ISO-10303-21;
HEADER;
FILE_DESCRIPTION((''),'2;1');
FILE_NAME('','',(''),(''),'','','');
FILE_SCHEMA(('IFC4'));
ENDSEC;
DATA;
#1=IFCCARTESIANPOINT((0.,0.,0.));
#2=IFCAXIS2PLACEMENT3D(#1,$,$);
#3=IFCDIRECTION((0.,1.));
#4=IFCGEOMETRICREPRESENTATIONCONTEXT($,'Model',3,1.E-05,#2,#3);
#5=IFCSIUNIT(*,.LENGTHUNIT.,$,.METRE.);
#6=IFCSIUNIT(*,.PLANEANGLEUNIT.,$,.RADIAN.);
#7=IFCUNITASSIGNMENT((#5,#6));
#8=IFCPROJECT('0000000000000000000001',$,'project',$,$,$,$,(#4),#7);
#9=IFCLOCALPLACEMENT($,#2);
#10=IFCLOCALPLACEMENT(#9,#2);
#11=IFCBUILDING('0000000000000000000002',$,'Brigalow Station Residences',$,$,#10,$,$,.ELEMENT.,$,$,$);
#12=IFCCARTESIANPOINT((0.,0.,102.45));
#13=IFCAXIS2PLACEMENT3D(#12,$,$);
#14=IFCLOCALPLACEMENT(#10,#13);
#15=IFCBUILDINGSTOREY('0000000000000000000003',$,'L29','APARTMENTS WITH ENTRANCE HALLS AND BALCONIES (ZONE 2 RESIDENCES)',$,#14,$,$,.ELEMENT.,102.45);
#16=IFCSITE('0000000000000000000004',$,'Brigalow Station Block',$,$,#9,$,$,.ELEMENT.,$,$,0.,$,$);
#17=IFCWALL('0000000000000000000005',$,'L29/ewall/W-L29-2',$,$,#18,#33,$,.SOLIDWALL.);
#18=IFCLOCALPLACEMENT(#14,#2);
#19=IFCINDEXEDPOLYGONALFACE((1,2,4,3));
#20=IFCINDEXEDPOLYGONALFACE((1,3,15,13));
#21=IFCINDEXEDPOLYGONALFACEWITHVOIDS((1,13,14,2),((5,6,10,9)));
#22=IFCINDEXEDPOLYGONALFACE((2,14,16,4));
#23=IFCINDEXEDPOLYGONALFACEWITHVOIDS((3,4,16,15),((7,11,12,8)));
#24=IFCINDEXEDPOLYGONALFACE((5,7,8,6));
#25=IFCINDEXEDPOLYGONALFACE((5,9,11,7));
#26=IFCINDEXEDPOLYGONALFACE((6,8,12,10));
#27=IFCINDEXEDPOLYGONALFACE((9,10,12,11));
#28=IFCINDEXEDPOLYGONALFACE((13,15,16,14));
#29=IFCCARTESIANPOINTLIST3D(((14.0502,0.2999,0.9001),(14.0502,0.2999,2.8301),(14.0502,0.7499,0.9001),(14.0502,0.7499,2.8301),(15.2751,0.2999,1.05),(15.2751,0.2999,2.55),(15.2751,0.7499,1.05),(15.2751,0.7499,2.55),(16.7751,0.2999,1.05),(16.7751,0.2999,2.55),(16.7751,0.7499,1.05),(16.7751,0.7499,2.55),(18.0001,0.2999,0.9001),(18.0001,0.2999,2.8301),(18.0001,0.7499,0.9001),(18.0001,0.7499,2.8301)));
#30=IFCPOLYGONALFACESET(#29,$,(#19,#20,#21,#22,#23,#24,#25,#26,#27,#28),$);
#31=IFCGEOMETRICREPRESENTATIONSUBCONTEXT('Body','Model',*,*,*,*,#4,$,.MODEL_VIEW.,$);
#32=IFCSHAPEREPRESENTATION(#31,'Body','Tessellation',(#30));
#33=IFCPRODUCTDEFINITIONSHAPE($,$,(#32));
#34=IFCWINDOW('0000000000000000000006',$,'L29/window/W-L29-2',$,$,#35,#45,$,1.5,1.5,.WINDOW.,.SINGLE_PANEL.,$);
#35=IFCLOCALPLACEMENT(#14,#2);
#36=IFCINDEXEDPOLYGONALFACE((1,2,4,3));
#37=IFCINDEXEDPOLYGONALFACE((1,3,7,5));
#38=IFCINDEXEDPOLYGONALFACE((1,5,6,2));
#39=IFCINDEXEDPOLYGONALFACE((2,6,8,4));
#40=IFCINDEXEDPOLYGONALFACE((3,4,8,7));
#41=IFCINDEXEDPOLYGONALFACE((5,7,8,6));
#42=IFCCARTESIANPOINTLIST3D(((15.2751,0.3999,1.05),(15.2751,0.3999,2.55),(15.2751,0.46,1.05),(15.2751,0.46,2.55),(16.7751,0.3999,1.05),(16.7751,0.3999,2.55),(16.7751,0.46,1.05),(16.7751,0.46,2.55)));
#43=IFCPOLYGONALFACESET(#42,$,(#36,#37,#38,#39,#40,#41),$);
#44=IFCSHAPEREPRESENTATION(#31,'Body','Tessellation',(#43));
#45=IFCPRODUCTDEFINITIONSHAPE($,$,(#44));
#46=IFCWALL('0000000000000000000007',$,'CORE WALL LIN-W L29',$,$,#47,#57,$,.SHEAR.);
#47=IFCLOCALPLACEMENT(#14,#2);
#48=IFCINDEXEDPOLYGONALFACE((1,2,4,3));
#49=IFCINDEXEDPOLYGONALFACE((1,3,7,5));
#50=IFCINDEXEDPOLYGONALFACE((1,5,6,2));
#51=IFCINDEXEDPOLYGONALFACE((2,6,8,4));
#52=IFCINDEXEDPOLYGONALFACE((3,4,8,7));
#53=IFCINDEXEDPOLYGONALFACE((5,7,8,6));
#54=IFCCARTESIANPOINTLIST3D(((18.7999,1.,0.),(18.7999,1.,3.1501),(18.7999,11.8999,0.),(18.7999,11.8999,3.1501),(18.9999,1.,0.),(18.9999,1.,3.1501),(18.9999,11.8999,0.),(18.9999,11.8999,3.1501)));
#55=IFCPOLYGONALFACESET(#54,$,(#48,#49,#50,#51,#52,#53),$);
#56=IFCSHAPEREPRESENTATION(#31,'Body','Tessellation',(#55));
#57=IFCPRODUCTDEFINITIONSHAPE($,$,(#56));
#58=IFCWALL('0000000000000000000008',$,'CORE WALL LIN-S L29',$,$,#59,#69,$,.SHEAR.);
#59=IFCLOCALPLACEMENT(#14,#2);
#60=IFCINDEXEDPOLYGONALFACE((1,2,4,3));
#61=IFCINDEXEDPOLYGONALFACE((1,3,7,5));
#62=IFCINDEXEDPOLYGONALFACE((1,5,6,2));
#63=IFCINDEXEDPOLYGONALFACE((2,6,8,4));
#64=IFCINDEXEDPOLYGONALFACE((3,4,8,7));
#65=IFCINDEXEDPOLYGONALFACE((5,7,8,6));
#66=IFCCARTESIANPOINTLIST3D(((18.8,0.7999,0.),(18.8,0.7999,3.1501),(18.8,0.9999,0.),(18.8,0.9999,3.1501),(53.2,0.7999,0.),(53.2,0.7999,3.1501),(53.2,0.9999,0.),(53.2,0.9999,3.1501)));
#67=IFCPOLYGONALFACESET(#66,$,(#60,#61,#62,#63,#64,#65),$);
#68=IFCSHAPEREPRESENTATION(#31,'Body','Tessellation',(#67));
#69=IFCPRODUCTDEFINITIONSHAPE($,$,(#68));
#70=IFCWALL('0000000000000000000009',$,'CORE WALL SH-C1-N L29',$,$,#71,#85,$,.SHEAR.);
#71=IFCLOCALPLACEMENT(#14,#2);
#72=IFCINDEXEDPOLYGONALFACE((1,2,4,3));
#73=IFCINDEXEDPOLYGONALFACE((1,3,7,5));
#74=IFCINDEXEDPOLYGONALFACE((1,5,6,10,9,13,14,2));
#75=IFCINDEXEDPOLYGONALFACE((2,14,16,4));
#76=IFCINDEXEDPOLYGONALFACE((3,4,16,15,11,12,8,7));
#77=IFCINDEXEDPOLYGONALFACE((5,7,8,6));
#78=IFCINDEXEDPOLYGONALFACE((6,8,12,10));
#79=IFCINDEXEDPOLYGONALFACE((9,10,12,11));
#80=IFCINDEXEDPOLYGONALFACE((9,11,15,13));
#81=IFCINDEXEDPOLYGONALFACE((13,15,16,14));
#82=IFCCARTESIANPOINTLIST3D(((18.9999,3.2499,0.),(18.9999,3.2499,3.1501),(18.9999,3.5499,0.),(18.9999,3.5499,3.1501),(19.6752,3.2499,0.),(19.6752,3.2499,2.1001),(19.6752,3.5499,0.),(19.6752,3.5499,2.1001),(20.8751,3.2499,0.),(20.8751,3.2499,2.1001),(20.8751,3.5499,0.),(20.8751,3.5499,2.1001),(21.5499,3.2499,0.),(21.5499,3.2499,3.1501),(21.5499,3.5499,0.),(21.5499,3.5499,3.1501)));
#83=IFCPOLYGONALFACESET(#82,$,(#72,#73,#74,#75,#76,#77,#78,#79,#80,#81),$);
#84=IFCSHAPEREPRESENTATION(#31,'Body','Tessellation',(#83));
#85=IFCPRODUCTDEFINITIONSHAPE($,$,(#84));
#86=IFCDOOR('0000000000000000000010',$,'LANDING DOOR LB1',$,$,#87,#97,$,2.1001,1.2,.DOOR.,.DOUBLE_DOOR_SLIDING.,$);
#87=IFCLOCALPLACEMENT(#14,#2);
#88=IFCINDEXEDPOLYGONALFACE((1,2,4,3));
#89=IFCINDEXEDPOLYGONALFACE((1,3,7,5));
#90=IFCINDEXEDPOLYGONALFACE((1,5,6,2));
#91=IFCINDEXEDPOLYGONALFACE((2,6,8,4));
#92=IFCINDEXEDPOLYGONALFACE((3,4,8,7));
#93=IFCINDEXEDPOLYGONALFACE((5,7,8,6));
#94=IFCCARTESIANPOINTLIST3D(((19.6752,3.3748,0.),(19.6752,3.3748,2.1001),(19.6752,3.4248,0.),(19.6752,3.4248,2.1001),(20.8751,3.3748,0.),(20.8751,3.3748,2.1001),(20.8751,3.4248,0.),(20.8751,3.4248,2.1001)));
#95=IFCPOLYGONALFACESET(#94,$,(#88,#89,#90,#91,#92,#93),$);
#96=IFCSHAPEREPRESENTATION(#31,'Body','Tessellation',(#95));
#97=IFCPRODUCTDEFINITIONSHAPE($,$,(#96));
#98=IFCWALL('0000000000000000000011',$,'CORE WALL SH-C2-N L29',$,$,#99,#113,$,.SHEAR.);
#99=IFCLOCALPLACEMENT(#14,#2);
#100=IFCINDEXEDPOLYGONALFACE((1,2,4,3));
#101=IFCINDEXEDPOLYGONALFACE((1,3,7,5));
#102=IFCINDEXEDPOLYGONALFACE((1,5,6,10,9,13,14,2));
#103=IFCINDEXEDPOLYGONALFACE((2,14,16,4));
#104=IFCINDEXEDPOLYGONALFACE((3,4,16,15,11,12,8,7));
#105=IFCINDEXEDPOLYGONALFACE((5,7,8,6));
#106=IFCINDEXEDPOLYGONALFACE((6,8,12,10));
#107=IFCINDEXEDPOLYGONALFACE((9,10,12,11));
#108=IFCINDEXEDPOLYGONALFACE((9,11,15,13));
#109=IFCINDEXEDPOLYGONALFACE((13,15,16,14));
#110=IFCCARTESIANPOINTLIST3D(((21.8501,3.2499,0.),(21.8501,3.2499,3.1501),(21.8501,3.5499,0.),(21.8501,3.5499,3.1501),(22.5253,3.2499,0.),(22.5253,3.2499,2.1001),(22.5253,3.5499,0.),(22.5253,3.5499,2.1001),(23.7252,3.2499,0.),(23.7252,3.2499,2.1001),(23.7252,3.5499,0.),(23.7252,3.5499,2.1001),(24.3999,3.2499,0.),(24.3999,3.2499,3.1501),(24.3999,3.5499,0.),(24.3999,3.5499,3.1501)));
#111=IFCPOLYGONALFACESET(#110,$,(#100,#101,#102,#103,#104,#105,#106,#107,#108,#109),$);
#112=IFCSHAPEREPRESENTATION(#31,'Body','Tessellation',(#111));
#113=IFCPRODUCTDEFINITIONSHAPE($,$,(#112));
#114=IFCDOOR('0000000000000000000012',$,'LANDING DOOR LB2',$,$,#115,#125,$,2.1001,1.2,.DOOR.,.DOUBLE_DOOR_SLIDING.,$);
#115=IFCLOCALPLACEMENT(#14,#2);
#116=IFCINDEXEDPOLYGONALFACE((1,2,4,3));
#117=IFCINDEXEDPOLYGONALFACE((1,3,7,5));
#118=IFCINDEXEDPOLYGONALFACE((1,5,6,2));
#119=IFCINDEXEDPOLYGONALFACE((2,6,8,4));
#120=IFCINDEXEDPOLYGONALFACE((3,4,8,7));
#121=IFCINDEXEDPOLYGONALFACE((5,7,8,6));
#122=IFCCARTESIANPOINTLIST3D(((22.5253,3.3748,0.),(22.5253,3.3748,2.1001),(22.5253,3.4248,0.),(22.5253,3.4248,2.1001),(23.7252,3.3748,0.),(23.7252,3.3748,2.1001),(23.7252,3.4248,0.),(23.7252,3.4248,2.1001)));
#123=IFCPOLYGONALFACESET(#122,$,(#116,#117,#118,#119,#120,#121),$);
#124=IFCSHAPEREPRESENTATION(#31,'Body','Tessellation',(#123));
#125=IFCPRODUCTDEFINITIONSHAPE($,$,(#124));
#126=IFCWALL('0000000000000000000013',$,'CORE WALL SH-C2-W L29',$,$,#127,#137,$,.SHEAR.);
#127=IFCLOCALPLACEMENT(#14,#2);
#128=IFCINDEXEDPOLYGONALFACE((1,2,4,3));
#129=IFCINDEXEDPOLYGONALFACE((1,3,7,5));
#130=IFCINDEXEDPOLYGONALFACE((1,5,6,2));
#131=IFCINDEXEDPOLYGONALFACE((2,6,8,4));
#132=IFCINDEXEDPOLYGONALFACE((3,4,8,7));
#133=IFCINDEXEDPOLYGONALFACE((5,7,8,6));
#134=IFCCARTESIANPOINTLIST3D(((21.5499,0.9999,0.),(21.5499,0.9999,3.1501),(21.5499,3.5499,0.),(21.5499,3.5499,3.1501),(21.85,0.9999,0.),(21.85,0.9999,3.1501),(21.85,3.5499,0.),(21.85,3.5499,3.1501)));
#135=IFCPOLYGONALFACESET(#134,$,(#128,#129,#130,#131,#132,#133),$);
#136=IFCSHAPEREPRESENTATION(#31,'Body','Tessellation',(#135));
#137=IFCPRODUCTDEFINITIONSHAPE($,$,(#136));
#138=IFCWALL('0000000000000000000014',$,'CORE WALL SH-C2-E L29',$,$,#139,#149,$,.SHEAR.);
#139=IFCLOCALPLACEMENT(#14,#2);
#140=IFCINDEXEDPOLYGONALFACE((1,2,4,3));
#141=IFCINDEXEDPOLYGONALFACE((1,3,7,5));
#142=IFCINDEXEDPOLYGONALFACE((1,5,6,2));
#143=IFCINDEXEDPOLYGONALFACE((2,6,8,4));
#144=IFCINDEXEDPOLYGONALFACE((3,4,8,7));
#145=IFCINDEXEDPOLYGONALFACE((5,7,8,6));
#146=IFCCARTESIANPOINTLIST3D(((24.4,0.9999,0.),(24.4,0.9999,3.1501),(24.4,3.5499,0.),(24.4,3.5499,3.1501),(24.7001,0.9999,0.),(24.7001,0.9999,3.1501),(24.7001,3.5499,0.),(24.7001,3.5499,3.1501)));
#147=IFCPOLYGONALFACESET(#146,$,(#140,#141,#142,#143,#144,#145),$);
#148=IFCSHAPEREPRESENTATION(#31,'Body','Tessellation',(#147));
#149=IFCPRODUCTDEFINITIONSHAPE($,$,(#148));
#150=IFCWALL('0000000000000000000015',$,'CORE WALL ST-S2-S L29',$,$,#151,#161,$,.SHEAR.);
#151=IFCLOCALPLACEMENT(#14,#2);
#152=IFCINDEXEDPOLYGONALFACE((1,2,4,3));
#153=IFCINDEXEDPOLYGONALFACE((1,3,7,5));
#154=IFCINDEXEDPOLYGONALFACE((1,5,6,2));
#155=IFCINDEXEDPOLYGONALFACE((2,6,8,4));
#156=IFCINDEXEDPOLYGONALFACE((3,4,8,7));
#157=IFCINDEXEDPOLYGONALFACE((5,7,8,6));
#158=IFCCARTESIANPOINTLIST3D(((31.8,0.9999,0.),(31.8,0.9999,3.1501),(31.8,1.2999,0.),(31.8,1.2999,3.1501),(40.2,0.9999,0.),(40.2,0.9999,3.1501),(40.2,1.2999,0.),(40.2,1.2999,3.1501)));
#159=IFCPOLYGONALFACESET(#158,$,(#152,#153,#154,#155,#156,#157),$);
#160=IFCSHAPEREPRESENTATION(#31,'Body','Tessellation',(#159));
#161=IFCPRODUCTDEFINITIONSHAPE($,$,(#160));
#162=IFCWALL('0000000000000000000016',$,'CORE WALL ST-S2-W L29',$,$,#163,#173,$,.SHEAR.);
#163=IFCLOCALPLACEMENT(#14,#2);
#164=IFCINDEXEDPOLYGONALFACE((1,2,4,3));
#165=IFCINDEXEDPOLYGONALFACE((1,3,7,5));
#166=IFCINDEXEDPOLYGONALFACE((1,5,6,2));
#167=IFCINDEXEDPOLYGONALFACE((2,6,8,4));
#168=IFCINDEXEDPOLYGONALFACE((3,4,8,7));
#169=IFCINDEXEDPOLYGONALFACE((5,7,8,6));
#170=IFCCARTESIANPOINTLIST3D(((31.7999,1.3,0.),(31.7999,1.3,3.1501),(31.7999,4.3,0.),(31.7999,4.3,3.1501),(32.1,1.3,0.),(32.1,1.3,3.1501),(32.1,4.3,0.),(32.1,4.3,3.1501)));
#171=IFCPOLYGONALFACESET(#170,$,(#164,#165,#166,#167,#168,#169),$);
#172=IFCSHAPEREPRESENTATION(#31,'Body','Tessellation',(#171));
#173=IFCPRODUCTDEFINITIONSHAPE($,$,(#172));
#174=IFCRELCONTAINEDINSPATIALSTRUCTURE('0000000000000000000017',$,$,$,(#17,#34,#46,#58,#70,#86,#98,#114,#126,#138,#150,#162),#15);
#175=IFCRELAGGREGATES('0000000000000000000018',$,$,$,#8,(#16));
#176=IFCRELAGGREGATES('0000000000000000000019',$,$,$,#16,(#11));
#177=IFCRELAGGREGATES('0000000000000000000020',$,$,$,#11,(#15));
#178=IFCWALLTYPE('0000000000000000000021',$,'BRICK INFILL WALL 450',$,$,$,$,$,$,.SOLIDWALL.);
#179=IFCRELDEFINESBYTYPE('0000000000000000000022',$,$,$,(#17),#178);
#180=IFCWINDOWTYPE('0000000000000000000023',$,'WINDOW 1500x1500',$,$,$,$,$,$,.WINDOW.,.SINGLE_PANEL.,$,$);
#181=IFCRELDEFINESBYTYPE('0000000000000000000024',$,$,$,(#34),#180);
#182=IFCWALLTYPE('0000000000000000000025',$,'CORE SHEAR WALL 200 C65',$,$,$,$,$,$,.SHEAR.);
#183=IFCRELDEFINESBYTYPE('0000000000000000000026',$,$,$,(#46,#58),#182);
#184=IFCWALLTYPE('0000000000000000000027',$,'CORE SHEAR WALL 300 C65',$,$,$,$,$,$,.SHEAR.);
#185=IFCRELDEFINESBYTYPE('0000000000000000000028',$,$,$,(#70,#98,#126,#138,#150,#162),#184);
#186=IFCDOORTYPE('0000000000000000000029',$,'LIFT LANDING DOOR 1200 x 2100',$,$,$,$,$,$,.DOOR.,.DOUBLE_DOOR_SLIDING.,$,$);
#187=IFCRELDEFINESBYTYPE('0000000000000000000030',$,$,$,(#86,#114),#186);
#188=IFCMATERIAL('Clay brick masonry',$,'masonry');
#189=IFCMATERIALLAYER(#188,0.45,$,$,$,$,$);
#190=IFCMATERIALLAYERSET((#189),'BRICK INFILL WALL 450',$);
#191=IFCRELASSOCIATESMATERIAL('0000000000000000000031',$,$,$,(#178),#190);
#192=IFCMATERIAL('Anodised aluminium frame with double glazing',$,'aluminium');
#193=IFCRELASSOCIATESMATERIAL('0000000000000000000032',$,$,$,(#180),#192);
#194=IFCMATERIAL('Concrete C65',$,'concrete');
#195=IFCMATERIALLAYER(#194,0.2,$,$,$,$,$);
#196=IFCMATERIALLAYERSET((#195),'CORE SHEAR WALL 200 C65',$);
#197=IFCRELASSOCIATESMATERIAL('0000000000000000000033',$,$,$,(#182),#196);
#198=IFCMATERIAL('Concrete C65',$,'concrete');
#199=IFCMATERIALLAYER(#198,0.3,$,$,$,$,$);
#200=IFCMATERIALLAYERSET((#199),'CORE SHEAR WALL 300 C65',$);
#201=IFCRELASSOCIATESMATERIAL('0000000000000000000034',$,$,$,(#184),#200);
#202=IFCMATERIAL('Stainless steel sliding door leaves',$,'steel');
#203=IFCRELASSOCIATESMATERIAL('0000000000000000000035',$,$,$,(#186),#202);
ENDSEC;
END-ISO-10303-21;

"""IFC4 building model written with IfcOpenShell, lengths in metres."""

from ifc_helpers import new_model, si_unit, direction, frame, frame_2d, origin, place, context, subcontext, project, spatial, rectangle, extrude, material, layer, layer_set, type_object, element, fill, save


model = new_model("IFC4")

# Units and contexts
model_context = context("Model", 3, precision=1e-05, world=origin(), true_north=direction((0.0, 1.0)))
body_context = subcontext(model_context, "Body", "Model", "MODEL_VIEW")
ifc_project = project(units=[si_unit("LENGTHUNIT", "METRE"), si_unit("PLANEANGLEUNIT", "RADIAN")], contexts=[model_context])

# Site, building, storey
site_placement = place(None, origin())
site = spatial("IfcSite", under=ifc_project, at=site_placement, Name="Brigalow Station Block", CompositionType="ELEMENT", RefElevation=0.0)
building_placement = place(site_placement, origin())
building = spatial("IfcBuilding", under=site, at=building_placement, Name="Brigalow Station Residences", CompositionType="ELEMENT")
storey_placement = place(building_placement, frame((0.0, 0.0, 102.45)))
storey = spatial("IfcBuildingStorey", under=building, at=storey_placement, Name="L29", Description="APARTMENTS WITH ENTRANCE HALLS AND BALCONIES (ZONE 2 RESIDENCES)", CompositionType="ELEMENT", Elevation=102.45)

# Wall, opening, window
ifc_material_1 = material(Name="Clay brick masonry", Category="masonry")
ifc_layer_1 = layer(ifc_material_1, 0.45)
ifc_layer_set_1 = layer_set([ifc_layer_1], Name="BRICK INFILL WALL 450")
wall_type_1 = type_object("IfcWallType", Name="BRICK INFILL WALL 450", PredefinedType="SOLIDWALL", material=ifc_layer_set_1)
wall_1_placement = place(storey_placement, frame((14.05, 0.5249, 0.9001), z_axis=(0.0, 0.0, 1.0), x_axis=(1.0, 0.0, 0.0)))
wall_1 = element("IfcWall", 1, at=wall_1_placement, inside=storey, type_object=wall_type_1, Name="L29/ewall/W-L29-2", PredefinedType="SOLIDWALL", context=body_context, shape_type="SweptSolid", body=[
    extrude(rectangle(XDim=3.95, YDim=0.45, at=frame_2d((1.9751, 0.0))), origin(), (0.0, 0.0, 1.0), 1.9299),
])
opening_1_placement = place(wall_1_placement, frame((1.2251, 0.0, 0.1499)))
opening_1 = element("IfcOpeningElement", 2, at=opening_1_placement, cuts=wall_1, PredefinedType="OPENING", context=body_context, shape_type="SweptSolid", body=[
    extrude(rectangle(XDim=1.5, YDim=1.5, at=frame_2d((0.75, 0.75))), frame((0.0, 0.2349, 0.0), z_axis=(0.0, -1.0, 0.0), x_axis=(1.0, 0.0, 0.0)), (0.0, 0.0, 1.0), 0.47),
])
ifc_material_2 = material(Name="Anodised aluminium frame with double glazing", Category="aluminium")
window_type = type_object("IfcWindowType", Name="WINDOW 1500x1500", PartitioningType="SINGLE_PANEL", PredefinedType="WINDOW", material=ifc_material_2)
window_placement = place(opening_1_placement, origin())
window = element("IfcWindow", 3, at=window_placement, inside=storey, type_object=window_type, Name="L29/window/W-L29-2", OverallHeight=1.5, OverallWidth=1.5, PartitioningType="SINGLE_PANEL", PredefinedType="WINDOW", context=body_context, shape_type="SweptSolid", body=[
    extrude(rectangle(XDim=1.5, YDim=1.5, at=frame_2d((0.75, 0.75))), frame((0.0, -0.0649, 0.0), z_axis=(0.0, -1.0, 0.0), x_axis=(1.0, 0.0, 0.0)), (0.0, 0.0, 1.0), 0.0601),
])
fill(opening_1, window)

# Walls
ifc_material_3 = material(Name="Concrete C65", Category="concrete")
ifc_layer_2 = layer(ifc_material_3, 0.2)
ifc_layer_set_2 = layer_set([ifc_layer_2], Name="CORE SHEAR WALL 200 C65")
wall_type_2 = type_object("IfcWallType", Name="CORE SHEAR WALL 200 C65", PredefinedType="SHEAR", material=ifc_layer_set_2)
wall_2_placement = place(storey_placement, frame((18.8999, 1.0, 0.0), z_axis=(0.0, 0.0, 1.0), x_axis=(0.0, 1.0, 0.0)))
element("IfcWall", 4, at=wall_2_placement, inside=storey, type_object=wall_type_2, Name="CORE WALL LIN-W L29", PredefinedType="SHEAR", context=body_context, shape_type="SweptSolid", body=[
    extrude(rectangle(XDim=10.8999, YDim=0.2, at=frame_2d((5.45, 0.0))), origin(), (0.0, 0.0, 1.0), 3.1501),
])
wall_3_placement = place(storey_placement, frame((18.8, 0.8999, 0.0), z_axis=(0.0, 0.0, 1.0), x_axis=(1.0, 0.0, 0.0)))
element("IfcWall", 5, at=wall_3_placement, inside=storey, type_object=wall_type_2, Name="CORE WALL LIN-S L29", PredefinedType="SHEAR", context=body_context, shape_type="SweptSolid", body=[
    extrude(rectangle(XDim=34.3999, YDim=0.2, at=frame_2d((17.2, 0.0))), origin(), (0.0, 0.0, 1.0), 3.1501),
])

# Walls, openings, doors
ifc_material_4 = material(Name="Concrete C65", Category="concrete")
ifc_layer_3 = layer(ifc_material_4, 0.3)
ifc_layer_set_3 = layer_set([ifc_layer_3], Name="CORE SHEAR WALL 300 C65")
wall_type_3 = type_object("IfcWallType", Name="CORE SHEAR WALL 300 C65", PredefinedType="SHEAR", material=ifc_layer_set_3)
wall_4_placement = place(storey_placement, frame((19.0, 3.3999, 0.0), z_axis=(0.0, 0.0, 1.0), x_axis=(1.0, 0.0, 0.0)))
wall_4 = element("IfcWall", 6, at=wall_4_placement, inside=storey, type_object=wall_type_3, Name="CORE WALL SH-C1-N L29", PredefinedType="SHEAR", context=body_context, shape_type="SweptSolid", body=[
    extrude(rectangle(XDim=2.55, YDim=0.3, at=frame_2d((1.2749, 0.0))), origin(), (0.0, 0.0, 1.0), 3.1501),
])
opening_2_placement = place(wall_4_placement, frame((0.675, 0.0, 0.0)))
opening_2 = element("IfcOpeningElement", 7, at=opening_2_placement, cuts=wall_4, PredefinedType="OPENING", context=body_context, shape_type="SweptSolid", body=[
    extrude(rectangle(XDim=1.2, YDim=2.1001, at=frame_2d((0.6001, 1.05))), frame((0.0, 0.1602, 0.0), z_axis=(0.0, -1.0, 0.0), x_axis=(1.0, 0.0, 0.0)), (0.0, 0.0, 1.0), 0.3201),
])
ifc_material_5 = material(Name="Stainless steel sliding door leaves", Category="steel")
door_type = type_object("IfcDoorType", Name="LIFT LANDING DOOR 1200 x 2100", OperationType="DOUBLE_DOOR_SLIDING", PredefinedType="DOOR", material=ifc_material_5)
door_1_placement = place(opening_2_placement, origin())
door_1 = element("IfcDoor", 8, at=door_1_placement, inside=storey, type_object=door_type, Name="LANDING DOOR LB1", OperationType="DOUBLE_DOOR_SLIDING", OverallHeight=2.1001, OverallWidth=1.2, PredefinedType="DOOR", context=body_context, shape_type="SweptSolid", body=[
    extrude(rectangle(XDim=1.2, YDim=2.1001, at=frame_2d((0.6001, 1.05))), frame((0.0, 0.0249, 0.0), z_axis=(0.0, -1.0, 0.0), x_axis=(1.0, 0.0, 0.0)), (0.0, 0.0, 1.0), 0.05),
])
fill(opening_2, door_1)
wall_5_placement = place(storey_placement, frame((21.8501, 3.3999, 0.0), z_axis=(0.0, 0.0, 1.0), x_axis=(1.0, 0.0, 0.0)))
wall_5 = element("IfcWall", 9, at=wall_5_placement, inside=storey, type_object=wall_type_3, Name="CORE WALL SH-C2-N L29", PredefinedType="SHEAR", context=body_context, shape_type="SweptSolid", body=[
    extrude(rectangle(XDim=2.5498, YDim=0.3, at=frame_2d((1.2749, 0.0))), origin(), (0.0, 0.0, 1.0), 3.1501),
])
opening_3_placement = place(wall_5_placement, frame((0.675, 0.0, 0.0)))
opening_3 = element("IfcOpeningElement", 10, at=opening_3_placement, cuts=wall_5, PredefinedType="OPENING", context=body_context, shape_type="SweptSolid", body=[
    extrude(rectangle(XDim=1.2, YDim=2.1001, at=frame_2d((0.6001, 1.05))), frame((0.0, 0.1602, 0.0), z_axis=(0.0, -1.0, 0.0), x_axis=(1.0, 0.0, 0.0)), (0.0, 0.0, 1.0), 0.3201),
])
door_2_placement = place(opening_3_placement, origin())
door_2 = element("IfcDoor", 11, at=door_2_placement, inside=storey, type_object=door_type, Name="LANDING DOOR LB2", OperationType="DOUBLE_DOOR_SLIDING", OverallHeight=2.1001, OverallWidth=1.2, PredefinedType="DOOR", context=body_context, shape_type="SweptSolid", body=[
    extrude(rectangle(XDim=1.2, YDim=2.1001, at=frame_2d((0.6001, 1.05))), frame((0.0, 0.0249, 0.0), z_axis=(0.0, -1.0, 0.0), x_axis=(1.0, 0.0, 0.0)), (0.0, 0.0, 1.0), 0.05),
])
fill(opening_3, door_2)

# Walls
for number, where, z_axis, x_axis, name in (
    (12, (21.7, 1.0, 0.0), (0.0, 0.0, 1.0), (0.0, 1.0, 0.0), "CORE WALL SH-C2-W L29"),
    (13, (24.55, 1.0, 0.0), (0.0, 0.0, 1.0), (0.0, 1.0, 0.0), "CORE WALL SH-C2-E L29"),
):
    element("IfcWall", number, at=place(storey_placement, frame(where, z_axis=z_axis, x_axis=x_axis)), inside=storey, type_object=wall_type_3, Name=name, PredefinedType="SHEAR", context=body_context, shape_type="SweptSolid", body=[
        extrude(rectangle(XDim=2.55, YDim=0.3, at=frame_2d((1.2749, 0.0))), origin(), (0.0, 0.0, 1.0), 3.1501),
    ])
wall_6_placement = place(storey_placement, frame((31.8, 1.1499, 0.0), z_axis=(0.0, 0.0, 1.0), x_axis=(1.0, 0.0, 0.0)))
element("IfcWall", 14, at=wall_6_placement, inside=storey, type_object=wall_type_3, Name="CORE WALL ST-S2-S L29", PredefinedType="SHEAR", context=body_context, shape_type="SweptSolid", body=[
    extrude(rectangle(XDim=8.3999, YDim=0.3, at=frame_2d((4.2, 0.0))), origin(), (0.0, 0.0, 1.0), 3.1501),
])
wall_7_placement = place(storey_placement, frame((31.95, 1.3, 0.0), z_axis=(0.0, 0.0, 1.0), x_axis=(0.0, 1.0, 0.0)))
element("IfcWall", 15, at=wall_7_placement, inside=storey, type_object=wall_type_3, Name="CORE WALL ST-S2-W L29", PredefinedType="SHEAR", context=body_context, shape_type="SweptSolid", body=[
    extrude(rectangle(XDim=3.0, YDim=0.3, at=frame_2d((1.5, 0.0))), origin(), (0.0, 0.0, 1.0), 3.1501),
])

save(model, "model.ifc")
